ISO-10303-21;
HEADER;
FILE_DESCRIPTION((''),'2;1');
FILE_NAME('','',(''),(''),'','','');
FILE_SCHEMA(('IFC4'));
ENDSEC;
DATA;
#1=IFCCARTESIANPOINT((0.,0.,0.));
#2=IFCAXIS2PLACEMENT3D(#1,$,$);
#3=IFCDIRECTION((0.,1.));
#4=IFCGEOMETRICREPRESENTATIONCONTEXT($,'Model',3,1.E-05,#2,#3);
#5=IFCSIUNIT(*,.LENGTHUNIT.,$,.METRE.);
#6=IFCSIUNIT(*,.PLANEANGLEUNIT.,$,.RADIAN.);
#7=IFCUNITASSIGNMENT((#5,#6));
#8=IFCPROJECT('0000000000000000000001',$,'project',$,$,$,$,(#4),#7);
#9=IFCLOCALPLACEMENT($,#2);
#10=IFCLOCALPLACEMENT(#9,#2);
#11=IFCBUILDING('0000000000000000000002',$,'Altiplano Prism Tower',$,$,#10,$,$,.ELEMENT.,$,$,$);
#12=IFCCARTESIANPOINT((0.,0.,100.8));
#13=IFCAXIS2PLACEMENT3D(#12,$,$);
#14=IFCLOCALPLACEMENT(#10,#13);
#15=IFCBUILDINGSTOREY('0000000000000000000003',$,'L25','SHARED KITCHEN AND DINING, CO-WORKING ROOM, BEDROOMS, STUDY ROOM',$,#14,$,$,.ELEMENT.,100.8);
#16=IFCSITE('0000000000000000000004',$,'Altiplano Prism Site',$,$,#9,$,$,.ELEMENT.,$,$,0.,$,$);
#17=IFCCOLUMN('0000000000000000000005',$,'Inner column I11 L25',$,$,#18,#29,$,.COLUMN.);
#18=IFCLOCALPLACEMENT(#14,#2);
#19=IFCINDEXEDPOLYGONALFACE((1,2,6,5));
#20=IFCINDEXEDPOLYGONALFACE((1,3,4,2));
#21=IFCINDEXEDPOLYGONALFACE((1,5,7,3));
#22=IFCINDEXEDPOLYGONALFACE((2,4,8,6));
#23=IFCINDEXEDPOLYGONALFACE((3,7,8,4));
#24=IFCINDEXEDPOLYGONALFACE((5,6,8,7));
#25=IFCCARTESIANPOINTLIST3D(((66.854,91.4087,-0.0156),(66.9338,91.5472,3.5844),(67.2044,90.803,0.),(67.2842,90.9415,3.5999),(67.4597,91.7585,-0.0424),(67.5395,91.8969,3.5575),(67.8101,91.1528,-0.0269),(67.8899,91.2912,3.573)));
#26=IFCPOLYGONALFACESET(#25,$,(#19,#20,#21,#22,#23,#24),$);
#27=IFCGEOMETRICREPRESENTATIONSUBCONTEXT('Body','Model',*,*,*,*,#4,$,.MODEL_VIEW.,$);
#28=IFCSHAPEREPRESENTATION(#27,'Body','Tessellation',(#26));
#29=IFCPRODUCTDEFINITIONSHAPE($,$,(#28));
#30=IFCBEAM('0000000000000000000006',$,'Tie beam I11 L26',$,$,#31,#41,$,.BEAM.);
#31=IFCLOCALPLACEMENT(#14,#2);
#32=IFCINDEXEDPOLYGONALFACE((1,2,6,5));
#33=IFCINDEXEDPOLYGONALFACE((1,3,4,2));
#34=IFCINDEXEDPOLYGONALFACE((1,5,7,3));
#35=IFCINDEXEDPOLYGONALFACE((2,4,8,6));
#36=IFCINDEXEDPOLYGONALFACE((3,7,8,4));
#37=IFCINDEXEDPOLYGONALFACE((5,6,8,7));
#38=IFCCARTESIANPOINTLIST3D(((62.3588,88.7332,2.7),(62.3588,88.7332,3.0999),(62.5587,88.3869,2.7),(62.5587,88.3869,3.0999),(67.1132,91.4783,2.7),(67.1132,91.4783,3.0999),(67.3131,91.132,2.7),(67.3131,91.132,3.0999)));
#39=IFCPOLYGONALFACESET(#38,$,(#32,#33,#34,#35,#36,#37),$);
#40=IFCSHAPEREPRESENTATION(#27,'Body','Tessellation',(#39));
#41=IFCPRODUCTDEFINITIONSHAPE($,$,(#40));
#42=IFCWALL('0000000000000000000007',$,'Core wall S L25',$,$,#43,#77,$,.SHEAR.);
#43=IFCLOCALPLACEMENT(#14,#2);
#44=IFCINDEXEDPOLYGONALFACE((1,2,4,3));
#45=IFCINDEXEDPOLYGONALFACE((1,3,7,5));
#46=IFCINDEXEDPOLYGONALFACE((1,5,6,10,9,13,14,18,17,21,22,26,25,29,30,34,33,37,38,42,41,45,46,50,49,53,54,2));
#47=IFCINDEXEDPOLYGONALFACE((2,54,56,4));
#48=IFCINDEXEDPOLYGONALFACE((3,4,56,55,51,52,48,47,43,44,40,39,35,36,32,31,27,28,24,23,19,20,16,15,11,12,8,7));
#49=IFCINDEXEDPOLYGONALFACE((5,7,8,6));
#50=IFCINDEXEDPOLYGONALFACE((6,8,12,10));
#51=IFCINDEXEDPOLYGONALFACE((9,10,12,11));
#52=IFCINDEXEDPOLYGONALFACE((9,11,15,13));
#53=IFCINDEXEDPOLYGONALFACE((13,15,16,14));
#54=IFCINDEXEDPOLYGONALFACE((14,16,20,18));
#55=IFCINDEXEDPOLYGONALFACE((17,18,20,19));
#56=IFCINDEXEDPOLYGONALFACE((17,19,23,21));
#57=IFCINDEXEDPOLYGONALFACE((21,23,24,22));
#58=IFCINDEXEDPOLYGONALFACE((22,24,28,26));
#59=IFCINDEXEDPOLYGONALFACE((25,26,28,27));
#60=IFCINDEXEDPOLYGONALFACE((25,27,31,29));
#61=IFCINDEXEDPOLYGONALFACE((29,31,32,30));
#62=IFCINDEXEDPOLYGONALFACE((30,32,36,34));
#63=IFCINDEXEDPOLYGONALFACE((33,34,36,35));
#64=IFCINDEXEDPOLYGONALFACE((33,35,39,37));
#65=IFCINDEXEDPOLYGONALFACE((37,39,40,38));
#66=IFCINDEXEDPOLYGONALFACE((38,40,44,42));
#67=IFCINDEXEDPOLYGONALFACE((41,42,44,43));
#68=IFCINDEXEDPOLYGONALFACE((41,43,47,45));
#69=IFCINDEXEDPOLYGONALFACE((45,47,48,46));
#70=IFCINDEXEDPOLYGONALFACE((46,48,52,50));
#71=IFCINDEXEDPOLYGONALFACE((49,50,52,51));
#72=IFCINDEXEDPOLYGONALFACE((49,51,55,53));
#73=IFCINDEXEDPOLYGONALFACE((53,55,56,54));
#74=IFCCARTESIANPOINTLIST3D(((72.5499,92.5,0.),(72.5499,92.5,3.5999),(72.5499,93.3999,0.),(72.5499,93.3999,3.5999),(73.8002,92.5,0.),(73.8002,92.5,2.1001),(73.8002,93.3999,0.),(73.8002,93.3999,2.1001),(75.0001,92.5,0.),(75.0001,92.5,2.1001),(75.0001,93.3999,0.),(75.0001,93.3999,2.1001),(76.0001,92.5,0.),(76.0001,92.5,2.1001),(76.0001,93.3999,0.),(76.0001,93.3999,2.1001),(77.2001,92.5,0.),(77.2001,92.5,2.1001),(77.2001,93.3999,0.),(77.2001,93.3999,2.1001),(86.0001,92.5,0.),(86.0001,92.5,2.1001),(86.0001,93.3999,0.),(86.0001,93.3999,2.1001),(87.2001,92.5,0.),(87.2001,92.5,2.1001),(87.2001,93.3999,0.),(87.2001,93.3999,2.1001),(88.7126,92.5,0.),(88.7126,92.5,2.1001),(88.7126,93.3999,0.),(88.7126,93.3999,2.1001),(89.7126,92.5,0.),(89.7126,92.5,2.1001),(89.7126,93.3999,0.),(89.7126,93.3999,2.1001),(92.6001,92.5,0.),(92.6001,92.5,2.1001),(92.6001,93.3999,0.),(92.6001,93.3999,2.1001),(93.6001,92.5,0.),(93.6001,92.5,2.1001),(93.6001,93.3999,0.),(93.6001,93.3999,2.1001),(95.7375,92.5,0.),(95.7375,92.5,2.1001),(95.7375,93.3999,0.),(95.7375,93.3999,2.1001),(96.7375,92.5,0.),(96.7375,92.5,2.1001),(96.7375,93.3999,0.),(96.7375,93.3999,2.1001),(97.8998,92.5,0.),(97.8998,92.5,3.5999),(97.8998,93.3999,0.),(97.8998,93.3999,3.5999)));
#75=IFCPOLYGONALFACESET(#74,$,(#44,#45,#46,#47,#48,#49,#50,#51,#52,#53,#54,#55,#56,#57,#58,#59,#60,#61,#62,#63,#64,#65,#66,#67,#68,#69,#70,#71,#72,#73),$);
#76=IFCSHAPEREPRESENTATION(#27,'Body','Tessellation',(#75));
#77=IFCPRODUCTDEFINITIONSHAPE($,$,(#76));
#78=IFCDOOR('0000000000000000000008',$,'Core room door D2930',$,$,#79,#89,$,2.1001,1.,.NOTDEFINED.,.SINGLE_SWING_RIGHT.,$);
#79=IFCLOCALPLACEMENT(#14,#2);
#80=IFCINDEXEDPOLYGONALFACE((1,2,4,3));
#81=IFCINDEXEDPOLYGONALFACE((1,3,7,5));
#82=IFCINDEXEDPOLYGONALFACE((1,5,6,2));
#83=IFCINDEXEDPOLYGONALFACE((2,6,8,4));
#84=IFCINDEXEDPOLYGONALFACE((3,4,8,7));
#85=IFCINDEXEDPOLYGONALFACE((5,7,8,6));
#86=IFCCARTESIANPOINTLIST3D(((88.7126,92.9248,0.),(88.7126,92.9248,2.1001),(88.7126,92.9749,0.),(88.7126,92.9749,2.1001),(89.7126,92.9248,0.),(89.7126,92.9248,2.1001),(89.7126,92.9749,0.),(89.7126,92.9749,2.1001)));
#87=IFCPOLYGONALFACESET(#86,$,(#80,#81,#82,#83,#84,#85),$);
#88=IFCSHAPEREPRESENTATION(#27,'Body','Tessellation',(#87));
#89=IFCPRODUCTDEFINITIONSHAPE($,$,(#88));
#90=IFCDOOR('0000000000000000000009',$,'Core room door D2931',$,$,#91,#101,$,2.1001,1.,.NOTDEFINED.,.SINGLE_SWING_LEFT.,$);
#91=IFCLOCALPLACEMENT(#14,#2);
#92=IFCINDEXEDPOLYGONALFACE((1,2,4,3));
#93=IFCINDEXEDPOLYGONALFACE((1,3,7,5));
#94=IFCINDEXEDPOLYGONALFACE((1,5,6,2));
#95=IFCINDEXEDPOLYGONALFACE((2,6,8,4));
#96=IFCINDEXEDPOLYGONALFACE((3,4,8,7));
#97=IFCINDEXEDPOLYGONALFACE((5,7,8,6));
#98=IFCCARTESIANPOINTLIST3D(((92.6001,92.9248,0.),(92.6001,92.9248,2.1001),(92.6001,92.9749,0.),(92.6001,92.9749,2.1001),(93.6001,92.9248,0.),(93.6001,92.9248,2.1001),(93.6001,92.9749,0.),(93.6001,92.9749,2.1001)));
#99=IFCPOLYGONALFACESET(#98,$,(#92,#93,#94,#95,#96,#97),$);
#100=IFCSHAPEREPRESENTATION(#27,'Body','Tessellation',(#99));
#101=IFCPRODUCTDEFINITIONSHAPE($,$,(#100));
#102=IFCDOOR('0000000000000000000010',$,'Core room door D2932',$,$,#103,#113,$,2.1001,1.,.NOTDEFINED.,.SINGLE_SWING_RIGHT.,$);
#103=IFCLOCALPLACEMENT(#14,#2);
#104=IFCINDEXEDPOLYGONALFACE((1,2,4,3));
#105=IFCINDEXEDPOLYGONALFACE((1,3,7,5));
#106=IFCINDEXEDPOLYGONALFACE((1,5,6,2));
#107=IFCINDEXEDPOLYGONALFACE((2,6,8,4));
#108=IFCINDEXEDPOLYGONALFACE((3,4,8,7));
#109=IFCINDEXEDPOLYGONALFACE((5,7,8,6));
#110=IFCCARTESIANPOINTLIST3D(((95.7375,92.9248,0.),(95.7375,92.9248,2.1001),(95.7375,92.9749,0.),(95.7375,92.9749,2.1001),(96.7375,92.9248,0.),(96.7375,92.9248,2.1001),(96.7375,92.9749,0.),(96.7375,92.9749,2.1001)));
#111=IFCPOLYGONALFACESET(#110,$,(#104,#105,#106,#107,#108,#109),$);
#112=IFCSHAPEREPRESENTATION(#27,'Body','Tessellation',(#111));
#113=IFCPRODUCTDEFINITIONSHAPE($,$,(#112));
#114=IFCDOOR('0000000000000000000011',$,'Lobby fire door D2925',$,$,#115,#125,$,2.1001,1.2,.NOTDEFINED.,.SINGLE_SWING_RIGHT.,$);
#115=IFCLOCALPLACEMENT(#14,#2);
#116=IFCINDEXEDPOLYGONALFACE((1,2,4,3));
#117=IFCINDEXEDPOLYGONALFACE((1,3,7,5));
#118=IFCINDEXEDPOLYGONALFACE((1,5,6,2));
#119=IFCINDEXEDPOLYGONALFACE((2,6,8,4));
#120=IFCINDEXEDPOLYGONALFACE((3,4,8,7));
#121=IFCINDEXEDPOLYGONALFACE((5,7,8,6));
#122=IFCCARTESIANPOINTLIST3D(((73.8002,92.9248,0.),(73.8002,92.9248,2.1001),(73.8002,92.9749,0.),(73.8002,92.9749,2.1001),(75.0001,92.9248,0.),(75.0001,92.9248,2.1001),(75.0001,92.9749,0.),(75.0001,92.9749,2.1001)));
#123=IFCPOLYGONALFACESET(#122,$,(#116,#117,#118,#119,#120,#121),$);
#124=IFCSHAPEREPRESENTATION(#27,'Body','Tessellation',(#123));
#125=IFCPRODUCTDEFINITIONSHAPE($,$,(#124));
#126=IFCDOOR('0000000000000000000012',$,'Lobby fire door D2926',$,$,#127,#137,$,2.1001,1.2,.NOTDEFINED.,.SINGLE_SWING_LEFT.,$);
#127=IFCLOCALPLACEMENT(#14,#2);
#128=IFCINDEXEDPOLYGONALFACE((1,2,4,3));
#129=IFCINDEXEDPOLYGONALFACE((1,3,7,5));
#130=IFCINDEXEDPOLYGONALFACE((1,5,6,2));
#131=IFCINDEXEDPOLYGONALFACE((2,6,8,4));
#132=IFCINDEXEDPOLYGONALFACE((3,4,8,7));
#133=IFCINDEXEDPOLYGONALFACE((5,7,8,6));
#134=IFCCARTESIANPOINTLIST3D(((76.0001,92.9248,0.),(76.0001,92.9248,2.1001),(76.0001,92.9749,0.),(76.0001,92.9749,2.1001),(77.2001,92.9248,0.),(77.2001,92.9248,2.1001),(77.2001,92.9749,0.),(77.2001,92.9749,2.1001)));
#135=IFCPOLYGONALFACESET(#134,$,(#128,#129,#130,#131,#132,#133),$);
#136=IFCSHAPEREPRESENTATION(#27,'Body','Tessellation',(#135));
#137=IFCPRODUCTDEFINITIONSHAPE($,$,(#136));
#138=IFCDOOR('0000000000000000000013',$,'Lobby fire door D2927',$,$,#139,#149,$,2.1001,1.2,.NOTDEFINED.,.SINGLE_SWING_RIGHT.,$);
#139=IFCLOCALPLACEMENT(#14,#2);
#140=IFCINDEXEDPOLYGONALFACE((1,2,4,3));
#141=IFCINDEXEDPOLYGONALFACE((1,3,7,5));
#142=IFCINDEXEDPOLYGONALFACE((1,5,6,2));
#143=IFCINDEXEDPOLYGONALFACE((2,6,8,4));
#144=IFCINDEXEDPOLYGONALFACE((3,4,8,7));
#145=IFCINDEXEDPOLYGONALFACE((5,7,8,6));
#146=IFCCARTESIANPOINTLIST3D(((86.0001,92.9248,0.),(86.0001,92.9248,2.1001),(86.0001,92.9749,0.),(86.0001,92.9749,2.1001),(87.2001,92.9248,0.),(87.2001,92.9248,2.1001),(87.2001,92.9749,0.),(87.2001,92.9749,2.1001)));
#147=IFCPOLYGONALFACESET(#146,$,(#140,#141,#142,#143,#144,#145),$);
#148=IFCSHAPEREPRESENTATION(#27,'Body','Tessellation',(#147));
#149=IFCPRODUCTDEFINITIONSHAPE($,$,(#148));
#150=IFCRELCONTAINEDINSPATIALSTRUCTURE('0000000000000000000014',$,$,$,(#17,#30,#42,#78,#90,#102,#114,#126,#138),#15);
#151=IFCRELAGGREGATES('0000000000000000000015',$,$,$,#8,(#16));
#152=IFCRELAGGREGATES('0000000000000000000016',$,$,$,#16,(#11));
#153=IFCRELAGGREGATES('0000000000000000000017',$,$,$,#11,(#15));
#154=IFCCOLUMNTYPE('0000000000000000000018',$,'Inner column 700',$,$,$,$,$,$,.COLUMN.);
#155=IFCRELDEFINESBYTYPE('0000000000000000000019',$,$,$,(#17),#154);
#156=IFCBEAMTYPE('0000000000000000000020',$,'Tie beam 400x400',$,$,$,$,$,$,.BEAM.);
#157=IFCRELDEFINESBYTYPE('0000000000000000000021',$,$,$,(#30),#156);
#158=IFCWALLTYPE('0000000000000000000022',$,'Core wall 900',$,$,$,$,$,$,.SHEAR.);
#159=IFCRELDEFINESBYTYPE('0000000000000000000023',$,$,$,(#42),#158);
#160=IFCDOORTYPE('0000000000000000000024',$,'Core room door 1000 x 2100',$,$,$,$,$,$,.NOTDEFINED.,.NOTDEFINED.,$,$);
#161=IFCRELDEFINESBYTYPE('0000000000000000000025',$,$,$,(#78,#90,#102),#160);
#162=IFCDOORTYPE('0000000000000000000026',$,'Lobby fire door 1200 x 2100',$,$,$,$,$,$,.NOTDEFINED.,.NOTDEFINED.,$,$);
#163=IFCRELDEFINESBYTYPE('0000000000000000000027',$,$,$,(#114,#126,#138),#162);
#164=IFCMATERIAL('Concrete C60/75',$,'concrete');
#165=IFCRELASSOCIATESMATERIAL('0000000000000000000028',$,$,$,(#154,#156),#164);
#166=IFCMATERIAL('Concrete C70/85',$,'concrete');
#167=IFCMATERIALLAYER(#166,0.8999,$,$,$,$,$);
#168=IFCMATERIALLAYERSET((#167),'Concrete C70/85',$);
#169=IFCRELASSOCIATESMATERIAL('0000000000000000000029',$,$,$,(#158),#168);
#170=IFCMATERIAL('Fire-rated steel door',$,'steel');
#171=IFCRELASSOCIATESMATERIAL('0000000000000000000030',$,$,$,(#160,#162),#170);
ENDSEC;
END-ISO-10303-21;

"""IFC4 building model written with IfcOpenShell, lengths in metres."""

from ifc_helpers import new_model, si_unit, direction, frame, frame_2d, origin, origin_2d, place, context, subcontext, project, spatial, rectangle, extrude, material, layer, layer_set, material_profile, profile_set, type_object, element, fill, save


model = new_model("IFC4")

# Units and contexts
model_context = context("Model", 3, precision=1e-05, world=origin(), true_north=direction((0.0, 1.0)))
body_context = subcontext(model_context, "Body", "Model", "MODEL_VIEW")
ifc_project = project(units=[si_unit("LENGTHUNIT", "METRE"), si_unit("PLANEANGLEUNIT", "RADIAN")], contexts=[model_context])

# Site, building, storey
site_placement = place(None, origin())
site = spatial("IfcSite", under=ifc_project, at=site_placement, Name="Altiplano Prism Site", CompositionType="ELEMENT", RefElevation=0.0)
building_placement = place(site_placement, origin())
building = spatial("IfcBuilding", under=site, at=building_placement, Name="Altiplano Prism Tower", CompositionType="ELEMENT")
storey_placement = place(building_placement, frame((0.0, 0.0, 100.8)))
storey = spatial("IfcBuildingStorey", under=building, at=storey_placement, Name="L25", Description="SHARED KITCHEN AND DINING, CO-WORKING ROOM, BEDROOMS, STUDY ROOM", CompositionType="ELEMENT", Elevation=100.8)

# Column
ifc_material_1 = material(Name="Concrete C60/75", Category="concrete")
ifc_material_profile_1 = material_profile(ifc_material_1, rectangle(XDim=0.7, YDim=0.7, at=origin_2d()), Name="Inner column 700")
ifc_profile_set_1 = profile_set([ifc_material_profile_1], Name="Concrete C60/75")
column_type = type_object("IfcColumnType", Name="Inner column 700", PredefinedType="COLUMN", material=ifc_profile_set_1)
column_placement = place(storey_placement, frame((67.332, 91.2808, -0.0212), z_axis=(0.022155, 0.038416, 0.999016), x_axis=(-0.865365, -0.499669, 0.038405)))
element("IfcColumn", 1, at=column_placement, inside=storey, type_object=column_type, Name="Inner column I11 L25", PredefinedType="COLUMN", context=body_context, shape_type="SweptSolid", body=[
    extrude(rectangle(XDim=0.7, YDim=0.7, at=origin_2d()), origin(), (0.0, 0.0, 1.0), 3.6035),
])

# Beam
ifc_material_profile_2 = material_profile(ifc_material_1, rectangle(XDim=0.3999, YDim=0.3999, at=origin_2d()), Name="Tie beam 400x400")
ifc_profile_set_2 = profile_set([ifc_material_profile_2], Name="Concrete C60/75")
beam_type = type_object("IfcBeamType", Name="Tie beam 400x400", PredefinedType="BEAM", material=ifc_profile_set_2)
beam_placement = place(storey_placement, frame((67.2131, 91.3052, 2.8999), z_axis=(-0.866012, -0.500023, 0.0), x_axis=(0.500023, -0.866012, 0.0)))
element("IfcBeam", 2, at=beam_placement, inside=storey, type_object=beam_type, Name="Tie beam I11 L26", PredefinedType="BEAM", context=body_context, shape_type="SweptSolid", body=[
    extrude(rectangle(XDim=0.3999, YDim=0.3999, at=origin_2d()), origin(), (0.0, 0.0, 1.0), 5.49),
])

# Wall, openings, doors
ifc_material_2 = material(Name="Concrete C70/85", Category="concrete")
ifc_layer_1 = layer(ifc_material_2, 0.8999)
ifc_layer_set_1 = layer_set([ifc_layer_1], Name="Concrete C70/85")
wall_type_1 = type_object("IfcWallType", Name="Core wall 900", PredefinedType="SHEAR", material=ifc_layer_set_1)
wall_1_placement = place(storey_placement, frame((72.55, 92.95, 0.0), z_axis=(0.0, 0.0, 1.0), x_axis=(1.0, 0.0, 0.0)))
wall_1 = element("IfcWall", 3, at=wall_1_placement, inside=storey, type_object=wall_type_1, Name="Core wall S L25", PredefinedType="SHEAR", context=body_context, shape_type="SweptSolid", body=[
    extrude(rectangle(XDim=25.3499, YDim=0.8999, at=frame_2d((12.6748, 0.0))), origin(), (0.0, 0.0, 1.0), 3.5999),
])
opening_1_placement = place(wall_1_placement, frame((1.25, 0.0, 0.0)))
opening_1 = element("IfcOpeningElement", 4, at=opening_1_placement, cuts=wall_1, PredefinedType="OPENING", context=body_context, shape_type="SweptSolid", body=[
    extrude(rectangle(XDim=1.2, YDim=2.1001, at=frame_2d((0.6001, 1.05))), frame((0.0, 0.4604, 0.0), z_axis=(0.0, -1.0, 0.0), x_axis=(1.0, 0.0, 0.0)), (0.0, 0.0, 1.0), 0.9209),
])
opening_2_placement = place(wall_1_placement, frame((3.45, 0.0, 0.0)))
opening_2 = element("IfcOpeningElement", 5, at=opening_2_placement, cuts=wall_1, PredefinedType="OPENING", context=body_context, shape_type="SweptSolid", body=[
    extrude(rectangle(XDim=1.2, YDim=2.1001, at=frame_2d((0.6001, 1.05))), frame((0.0, 0.4604, 0.0), z_axis=(0.0, -1.0, 0.0), x_axis=(1.0, 0.0, 0.0)), (0.0, 0.0, 1.0), 0.9209),
])
opening_3_placement = place(wall_1_placement, frame((13.45, 0.0, 0.0)))
opening_3 = element("IfcOpeningElement", 6, at=opening_3_placement, cuts=wall_1, PredefinedType="OPENING", context=body_context, shape_type="SweptSolid", body=[
    extrude(rectangle(XDim=1.2, YDim=2.1001, at=frame_2d((0.6001, 1.05))), frame((0.0, 0.4604, 0.0), z_axis=(0.0, -1.0, 0.0), x_axis=(1.0, 0.0, 0.0)), (0.0, 0.0, 1.0), 0.9209),
])
opening_4_placement = place(wall_1_placement, frame((16.1626, 0.0, 0.0)))
opening_4 = element("IfcOpeningElement", 7, at=opening_4_placement, cuts=wall_1, PredefinedType="OPENING", context=body_context, shape_type="SweptSolid", body=[
    extrude(rectangle(XDim=1.0, YDim=2.1001, at=frame_2d((0.5, 1.05))), frame((0.0, 0.4604, 0.0), z_axis=(0.0, -1.0, 0.0), x_axis=(1.0, 0.0, 0.0)), (0.0, 0.0, 1.0), 0.9209),
])
opening_5_placement = place(wall_1_placement, frame((20.05, 0.0, 0.0)))
opening_5 = element("IfcOpeningElement", 8, at=opening_5_placement, cuts=wall_1, PredefinedType="OPENING", context=body_context, shape_type="SweptSolid", body=[
    extrude(rectangle(XDim=1.0, YDim=2.1001, at=frame_2d((0.5, 1.05))), frame((0.0, 0.4604, 0.0), z_axis=(0.0, -1.0, 0.0), x_axis=(1.0, 0.0, 0.0)), (0.0, 0.0, 1.0), 0.9209),
])
opening_6_placement = place(wall_1_placement, frame((23.1875, 0.0, 0.0)))
opening_6 = element("IfcOpeningElement", 9, at=opening_6_placement, cuts=wall_1, PredefinedType="OPENING", context=body_context, shape_type="SweptSolid", body=[
    extrude(rectangle(XDim=1.0, YDim=2.1001, at=frame_2d((0.5, 1.05))), frame((0.0, 0.4604, 0.0), z_axis=(0.0, -1.0, 0.0), x_axis=(1.0, 0.0, 0.0)), (0.0, 0.0, 1.0), 0.9209),
])
ifc_material_3 = material(Name="Fire-rated steel door", Category="steel")
door_type_1 = type_object("IfcDoorType", Name="Core room door 1000 x 2100", OperationType="NOTDEFINED", PredefinedType="NOTDEFINED", material=ifc_material_3)
door_1_placement = place(opening_4_placement, origin())
door_1 = element("IfcDoor", 10, at=door_1_placement, inside=storey, type_object=door_type_1, Name="Core room door D2930", OperationType="SINGLE_SWING_RIGHT", OverallHeight=2.1001, OverallWidth=1.0, PredefinedType="NOTDEFINED", context=body_context, shape_type="SweptSolid", body=[
    extrude(rectangle(XDim=1.0, YDim=2.1001, at=frame_2d((0.5, 1.05))), frame((0.0, 0.0249, 0.0), z_axis=(0.0, -1.0, 0.0), x_axis=(1.0, 0.0, 0.0)), (0.0, 0.0, 1.0), 0.05),
])
fill(opening_4, door_1)
door_2_placement = place(opening_5_placement, origin())
door_2 = element("IfcDoor", 11, at=door_2_placement, inside=storey, type_object=door_type_1, Name="Core room door D2931", OperationType="SINGLE_SWING_LEFT", OverallHeight=2.1001, OverallWidth=1.0, PredefinedType="NOTDEFINED", context=body_context, shape_type="SweptSolid", body=[
    extrude(rectangle(XDim=1.0, YDim=2.1001, at=frame_2d((0.5, 1.05))), frame((0.0, 0.0249, 0.0), z_axis=(0.0, -1.0, 0.0), x_axis=(1.0, 0.0, 0.0)), (0.0, 0.0, 1.0), 0.05),
])
fill(opening_5, door_2)
door_3_placement = place(opening_6_placement, origin())
door_3 = element("IfcDoor", 12, at=door_3_placement, inside=storey, type_object=door_type_1, Name="Core room door D2932", OperationType="SINGLE_SWING_RIGHT", OverallHeight=2.1001, OverallWidth=1.0, PredefinedType="NOTDEFINED", context=body_context, shape_type="SweptSolid", body=[
    extrude(rectangle(XDim=1.0, YDim=2.1001, at=frame_2d((0.5, 1.05))), frame((0.0, 0.0249, 0.0), z_axis=(0.0, -1.0, 0.0), x_axis=(1.0, 0.0, 0.0)), (0.0, 0.0, 1.0), 0.05),
])
fill(opening_6, door_3)
door_type_2 = type_object("IfcDoorType", Name="Lobby fire door 1200 x 2100", OperationType="NOTDEFINED", PredefinedType="NOTDEFINED", material=ifc_material_3)
door_4_placement = place(opening_1_placement, origin())
door_4 = element("IfcDoor", 13, at=door_4_placement, inside=storey, type_object=door_type_2, Name="Lobby fire door D2925", OperationType="SINGLE_SWING_RIGHT", OverallHeight=2.1001, OverallWidth=1.2, PredefinedType="NOTDEFINED", context=body_context, shape_type="SweptSolid", body=[
    extrude(rectangle(XDim=1.2, YDim=2.1001, at=frame_2d((0.6001, 1.05))), frame((0.0, 0.0249, 0.0), z_axis=(0.0, -1.0, 0.0), x_axis=(1.0, 0.0, 0.0)), (0.0, 0.0, 1.0), 0.05),
])
fill(opening_1, door_4)
door_5_placement = place(opening_2_placement, origin())
door_5 = element("IfcDoor", 14, at=door_5_placement, inside=storey, type_object=door_type_2, Name="Lobby fire door D2926", OperationType="SINGLE_SWING_LEFT", OverallHeight=2.1001, OverallWidth=1.2, PredefinedType="NOTDEFINED", context=body_context, shape_type="SweptSolid", body=[
    extrude(rectangle(XDim=1.2, YDim=2.1001, at=frame_2d((0.6001, 1.05))), frame((0.0, 0.0249, 0.0), z_axis=(0.0, -1.0, 0.0), x_axis=(1.0, 0.0, 0.0)), (0.0, 0.0, 1.0), 0.05),
])
fill(opening_2, door_5)
door_6_placement = place(opening_3_placement, origin())
door_6 = element("IfcDoor", 15, at=door_6_placement, inside=storey, type_object=door_type_2, Name="Lobby fire door D2927", OperationType="SINGLE_SWING_RIGHT", OverallHeight=2.1001, OverallWidth=1.2, PredefinedType="NOTDEFINED", context=body_context, shape_type="SweptSolid", body=[
    extrude(rectangle(XDim=1.2, YDim=2.1001, at=frame_2d((0.6001, 1.05))), frame((0.0, 0.0249, 0.0), z_axis=(0.0, -1.0, 0.0), x_axis=(1.0, 0.0, 0.0)), (0.0, 0.0, 1.0), 0.05),
])
fill(opening_3, door_6)

save(model, "model.ifc")
